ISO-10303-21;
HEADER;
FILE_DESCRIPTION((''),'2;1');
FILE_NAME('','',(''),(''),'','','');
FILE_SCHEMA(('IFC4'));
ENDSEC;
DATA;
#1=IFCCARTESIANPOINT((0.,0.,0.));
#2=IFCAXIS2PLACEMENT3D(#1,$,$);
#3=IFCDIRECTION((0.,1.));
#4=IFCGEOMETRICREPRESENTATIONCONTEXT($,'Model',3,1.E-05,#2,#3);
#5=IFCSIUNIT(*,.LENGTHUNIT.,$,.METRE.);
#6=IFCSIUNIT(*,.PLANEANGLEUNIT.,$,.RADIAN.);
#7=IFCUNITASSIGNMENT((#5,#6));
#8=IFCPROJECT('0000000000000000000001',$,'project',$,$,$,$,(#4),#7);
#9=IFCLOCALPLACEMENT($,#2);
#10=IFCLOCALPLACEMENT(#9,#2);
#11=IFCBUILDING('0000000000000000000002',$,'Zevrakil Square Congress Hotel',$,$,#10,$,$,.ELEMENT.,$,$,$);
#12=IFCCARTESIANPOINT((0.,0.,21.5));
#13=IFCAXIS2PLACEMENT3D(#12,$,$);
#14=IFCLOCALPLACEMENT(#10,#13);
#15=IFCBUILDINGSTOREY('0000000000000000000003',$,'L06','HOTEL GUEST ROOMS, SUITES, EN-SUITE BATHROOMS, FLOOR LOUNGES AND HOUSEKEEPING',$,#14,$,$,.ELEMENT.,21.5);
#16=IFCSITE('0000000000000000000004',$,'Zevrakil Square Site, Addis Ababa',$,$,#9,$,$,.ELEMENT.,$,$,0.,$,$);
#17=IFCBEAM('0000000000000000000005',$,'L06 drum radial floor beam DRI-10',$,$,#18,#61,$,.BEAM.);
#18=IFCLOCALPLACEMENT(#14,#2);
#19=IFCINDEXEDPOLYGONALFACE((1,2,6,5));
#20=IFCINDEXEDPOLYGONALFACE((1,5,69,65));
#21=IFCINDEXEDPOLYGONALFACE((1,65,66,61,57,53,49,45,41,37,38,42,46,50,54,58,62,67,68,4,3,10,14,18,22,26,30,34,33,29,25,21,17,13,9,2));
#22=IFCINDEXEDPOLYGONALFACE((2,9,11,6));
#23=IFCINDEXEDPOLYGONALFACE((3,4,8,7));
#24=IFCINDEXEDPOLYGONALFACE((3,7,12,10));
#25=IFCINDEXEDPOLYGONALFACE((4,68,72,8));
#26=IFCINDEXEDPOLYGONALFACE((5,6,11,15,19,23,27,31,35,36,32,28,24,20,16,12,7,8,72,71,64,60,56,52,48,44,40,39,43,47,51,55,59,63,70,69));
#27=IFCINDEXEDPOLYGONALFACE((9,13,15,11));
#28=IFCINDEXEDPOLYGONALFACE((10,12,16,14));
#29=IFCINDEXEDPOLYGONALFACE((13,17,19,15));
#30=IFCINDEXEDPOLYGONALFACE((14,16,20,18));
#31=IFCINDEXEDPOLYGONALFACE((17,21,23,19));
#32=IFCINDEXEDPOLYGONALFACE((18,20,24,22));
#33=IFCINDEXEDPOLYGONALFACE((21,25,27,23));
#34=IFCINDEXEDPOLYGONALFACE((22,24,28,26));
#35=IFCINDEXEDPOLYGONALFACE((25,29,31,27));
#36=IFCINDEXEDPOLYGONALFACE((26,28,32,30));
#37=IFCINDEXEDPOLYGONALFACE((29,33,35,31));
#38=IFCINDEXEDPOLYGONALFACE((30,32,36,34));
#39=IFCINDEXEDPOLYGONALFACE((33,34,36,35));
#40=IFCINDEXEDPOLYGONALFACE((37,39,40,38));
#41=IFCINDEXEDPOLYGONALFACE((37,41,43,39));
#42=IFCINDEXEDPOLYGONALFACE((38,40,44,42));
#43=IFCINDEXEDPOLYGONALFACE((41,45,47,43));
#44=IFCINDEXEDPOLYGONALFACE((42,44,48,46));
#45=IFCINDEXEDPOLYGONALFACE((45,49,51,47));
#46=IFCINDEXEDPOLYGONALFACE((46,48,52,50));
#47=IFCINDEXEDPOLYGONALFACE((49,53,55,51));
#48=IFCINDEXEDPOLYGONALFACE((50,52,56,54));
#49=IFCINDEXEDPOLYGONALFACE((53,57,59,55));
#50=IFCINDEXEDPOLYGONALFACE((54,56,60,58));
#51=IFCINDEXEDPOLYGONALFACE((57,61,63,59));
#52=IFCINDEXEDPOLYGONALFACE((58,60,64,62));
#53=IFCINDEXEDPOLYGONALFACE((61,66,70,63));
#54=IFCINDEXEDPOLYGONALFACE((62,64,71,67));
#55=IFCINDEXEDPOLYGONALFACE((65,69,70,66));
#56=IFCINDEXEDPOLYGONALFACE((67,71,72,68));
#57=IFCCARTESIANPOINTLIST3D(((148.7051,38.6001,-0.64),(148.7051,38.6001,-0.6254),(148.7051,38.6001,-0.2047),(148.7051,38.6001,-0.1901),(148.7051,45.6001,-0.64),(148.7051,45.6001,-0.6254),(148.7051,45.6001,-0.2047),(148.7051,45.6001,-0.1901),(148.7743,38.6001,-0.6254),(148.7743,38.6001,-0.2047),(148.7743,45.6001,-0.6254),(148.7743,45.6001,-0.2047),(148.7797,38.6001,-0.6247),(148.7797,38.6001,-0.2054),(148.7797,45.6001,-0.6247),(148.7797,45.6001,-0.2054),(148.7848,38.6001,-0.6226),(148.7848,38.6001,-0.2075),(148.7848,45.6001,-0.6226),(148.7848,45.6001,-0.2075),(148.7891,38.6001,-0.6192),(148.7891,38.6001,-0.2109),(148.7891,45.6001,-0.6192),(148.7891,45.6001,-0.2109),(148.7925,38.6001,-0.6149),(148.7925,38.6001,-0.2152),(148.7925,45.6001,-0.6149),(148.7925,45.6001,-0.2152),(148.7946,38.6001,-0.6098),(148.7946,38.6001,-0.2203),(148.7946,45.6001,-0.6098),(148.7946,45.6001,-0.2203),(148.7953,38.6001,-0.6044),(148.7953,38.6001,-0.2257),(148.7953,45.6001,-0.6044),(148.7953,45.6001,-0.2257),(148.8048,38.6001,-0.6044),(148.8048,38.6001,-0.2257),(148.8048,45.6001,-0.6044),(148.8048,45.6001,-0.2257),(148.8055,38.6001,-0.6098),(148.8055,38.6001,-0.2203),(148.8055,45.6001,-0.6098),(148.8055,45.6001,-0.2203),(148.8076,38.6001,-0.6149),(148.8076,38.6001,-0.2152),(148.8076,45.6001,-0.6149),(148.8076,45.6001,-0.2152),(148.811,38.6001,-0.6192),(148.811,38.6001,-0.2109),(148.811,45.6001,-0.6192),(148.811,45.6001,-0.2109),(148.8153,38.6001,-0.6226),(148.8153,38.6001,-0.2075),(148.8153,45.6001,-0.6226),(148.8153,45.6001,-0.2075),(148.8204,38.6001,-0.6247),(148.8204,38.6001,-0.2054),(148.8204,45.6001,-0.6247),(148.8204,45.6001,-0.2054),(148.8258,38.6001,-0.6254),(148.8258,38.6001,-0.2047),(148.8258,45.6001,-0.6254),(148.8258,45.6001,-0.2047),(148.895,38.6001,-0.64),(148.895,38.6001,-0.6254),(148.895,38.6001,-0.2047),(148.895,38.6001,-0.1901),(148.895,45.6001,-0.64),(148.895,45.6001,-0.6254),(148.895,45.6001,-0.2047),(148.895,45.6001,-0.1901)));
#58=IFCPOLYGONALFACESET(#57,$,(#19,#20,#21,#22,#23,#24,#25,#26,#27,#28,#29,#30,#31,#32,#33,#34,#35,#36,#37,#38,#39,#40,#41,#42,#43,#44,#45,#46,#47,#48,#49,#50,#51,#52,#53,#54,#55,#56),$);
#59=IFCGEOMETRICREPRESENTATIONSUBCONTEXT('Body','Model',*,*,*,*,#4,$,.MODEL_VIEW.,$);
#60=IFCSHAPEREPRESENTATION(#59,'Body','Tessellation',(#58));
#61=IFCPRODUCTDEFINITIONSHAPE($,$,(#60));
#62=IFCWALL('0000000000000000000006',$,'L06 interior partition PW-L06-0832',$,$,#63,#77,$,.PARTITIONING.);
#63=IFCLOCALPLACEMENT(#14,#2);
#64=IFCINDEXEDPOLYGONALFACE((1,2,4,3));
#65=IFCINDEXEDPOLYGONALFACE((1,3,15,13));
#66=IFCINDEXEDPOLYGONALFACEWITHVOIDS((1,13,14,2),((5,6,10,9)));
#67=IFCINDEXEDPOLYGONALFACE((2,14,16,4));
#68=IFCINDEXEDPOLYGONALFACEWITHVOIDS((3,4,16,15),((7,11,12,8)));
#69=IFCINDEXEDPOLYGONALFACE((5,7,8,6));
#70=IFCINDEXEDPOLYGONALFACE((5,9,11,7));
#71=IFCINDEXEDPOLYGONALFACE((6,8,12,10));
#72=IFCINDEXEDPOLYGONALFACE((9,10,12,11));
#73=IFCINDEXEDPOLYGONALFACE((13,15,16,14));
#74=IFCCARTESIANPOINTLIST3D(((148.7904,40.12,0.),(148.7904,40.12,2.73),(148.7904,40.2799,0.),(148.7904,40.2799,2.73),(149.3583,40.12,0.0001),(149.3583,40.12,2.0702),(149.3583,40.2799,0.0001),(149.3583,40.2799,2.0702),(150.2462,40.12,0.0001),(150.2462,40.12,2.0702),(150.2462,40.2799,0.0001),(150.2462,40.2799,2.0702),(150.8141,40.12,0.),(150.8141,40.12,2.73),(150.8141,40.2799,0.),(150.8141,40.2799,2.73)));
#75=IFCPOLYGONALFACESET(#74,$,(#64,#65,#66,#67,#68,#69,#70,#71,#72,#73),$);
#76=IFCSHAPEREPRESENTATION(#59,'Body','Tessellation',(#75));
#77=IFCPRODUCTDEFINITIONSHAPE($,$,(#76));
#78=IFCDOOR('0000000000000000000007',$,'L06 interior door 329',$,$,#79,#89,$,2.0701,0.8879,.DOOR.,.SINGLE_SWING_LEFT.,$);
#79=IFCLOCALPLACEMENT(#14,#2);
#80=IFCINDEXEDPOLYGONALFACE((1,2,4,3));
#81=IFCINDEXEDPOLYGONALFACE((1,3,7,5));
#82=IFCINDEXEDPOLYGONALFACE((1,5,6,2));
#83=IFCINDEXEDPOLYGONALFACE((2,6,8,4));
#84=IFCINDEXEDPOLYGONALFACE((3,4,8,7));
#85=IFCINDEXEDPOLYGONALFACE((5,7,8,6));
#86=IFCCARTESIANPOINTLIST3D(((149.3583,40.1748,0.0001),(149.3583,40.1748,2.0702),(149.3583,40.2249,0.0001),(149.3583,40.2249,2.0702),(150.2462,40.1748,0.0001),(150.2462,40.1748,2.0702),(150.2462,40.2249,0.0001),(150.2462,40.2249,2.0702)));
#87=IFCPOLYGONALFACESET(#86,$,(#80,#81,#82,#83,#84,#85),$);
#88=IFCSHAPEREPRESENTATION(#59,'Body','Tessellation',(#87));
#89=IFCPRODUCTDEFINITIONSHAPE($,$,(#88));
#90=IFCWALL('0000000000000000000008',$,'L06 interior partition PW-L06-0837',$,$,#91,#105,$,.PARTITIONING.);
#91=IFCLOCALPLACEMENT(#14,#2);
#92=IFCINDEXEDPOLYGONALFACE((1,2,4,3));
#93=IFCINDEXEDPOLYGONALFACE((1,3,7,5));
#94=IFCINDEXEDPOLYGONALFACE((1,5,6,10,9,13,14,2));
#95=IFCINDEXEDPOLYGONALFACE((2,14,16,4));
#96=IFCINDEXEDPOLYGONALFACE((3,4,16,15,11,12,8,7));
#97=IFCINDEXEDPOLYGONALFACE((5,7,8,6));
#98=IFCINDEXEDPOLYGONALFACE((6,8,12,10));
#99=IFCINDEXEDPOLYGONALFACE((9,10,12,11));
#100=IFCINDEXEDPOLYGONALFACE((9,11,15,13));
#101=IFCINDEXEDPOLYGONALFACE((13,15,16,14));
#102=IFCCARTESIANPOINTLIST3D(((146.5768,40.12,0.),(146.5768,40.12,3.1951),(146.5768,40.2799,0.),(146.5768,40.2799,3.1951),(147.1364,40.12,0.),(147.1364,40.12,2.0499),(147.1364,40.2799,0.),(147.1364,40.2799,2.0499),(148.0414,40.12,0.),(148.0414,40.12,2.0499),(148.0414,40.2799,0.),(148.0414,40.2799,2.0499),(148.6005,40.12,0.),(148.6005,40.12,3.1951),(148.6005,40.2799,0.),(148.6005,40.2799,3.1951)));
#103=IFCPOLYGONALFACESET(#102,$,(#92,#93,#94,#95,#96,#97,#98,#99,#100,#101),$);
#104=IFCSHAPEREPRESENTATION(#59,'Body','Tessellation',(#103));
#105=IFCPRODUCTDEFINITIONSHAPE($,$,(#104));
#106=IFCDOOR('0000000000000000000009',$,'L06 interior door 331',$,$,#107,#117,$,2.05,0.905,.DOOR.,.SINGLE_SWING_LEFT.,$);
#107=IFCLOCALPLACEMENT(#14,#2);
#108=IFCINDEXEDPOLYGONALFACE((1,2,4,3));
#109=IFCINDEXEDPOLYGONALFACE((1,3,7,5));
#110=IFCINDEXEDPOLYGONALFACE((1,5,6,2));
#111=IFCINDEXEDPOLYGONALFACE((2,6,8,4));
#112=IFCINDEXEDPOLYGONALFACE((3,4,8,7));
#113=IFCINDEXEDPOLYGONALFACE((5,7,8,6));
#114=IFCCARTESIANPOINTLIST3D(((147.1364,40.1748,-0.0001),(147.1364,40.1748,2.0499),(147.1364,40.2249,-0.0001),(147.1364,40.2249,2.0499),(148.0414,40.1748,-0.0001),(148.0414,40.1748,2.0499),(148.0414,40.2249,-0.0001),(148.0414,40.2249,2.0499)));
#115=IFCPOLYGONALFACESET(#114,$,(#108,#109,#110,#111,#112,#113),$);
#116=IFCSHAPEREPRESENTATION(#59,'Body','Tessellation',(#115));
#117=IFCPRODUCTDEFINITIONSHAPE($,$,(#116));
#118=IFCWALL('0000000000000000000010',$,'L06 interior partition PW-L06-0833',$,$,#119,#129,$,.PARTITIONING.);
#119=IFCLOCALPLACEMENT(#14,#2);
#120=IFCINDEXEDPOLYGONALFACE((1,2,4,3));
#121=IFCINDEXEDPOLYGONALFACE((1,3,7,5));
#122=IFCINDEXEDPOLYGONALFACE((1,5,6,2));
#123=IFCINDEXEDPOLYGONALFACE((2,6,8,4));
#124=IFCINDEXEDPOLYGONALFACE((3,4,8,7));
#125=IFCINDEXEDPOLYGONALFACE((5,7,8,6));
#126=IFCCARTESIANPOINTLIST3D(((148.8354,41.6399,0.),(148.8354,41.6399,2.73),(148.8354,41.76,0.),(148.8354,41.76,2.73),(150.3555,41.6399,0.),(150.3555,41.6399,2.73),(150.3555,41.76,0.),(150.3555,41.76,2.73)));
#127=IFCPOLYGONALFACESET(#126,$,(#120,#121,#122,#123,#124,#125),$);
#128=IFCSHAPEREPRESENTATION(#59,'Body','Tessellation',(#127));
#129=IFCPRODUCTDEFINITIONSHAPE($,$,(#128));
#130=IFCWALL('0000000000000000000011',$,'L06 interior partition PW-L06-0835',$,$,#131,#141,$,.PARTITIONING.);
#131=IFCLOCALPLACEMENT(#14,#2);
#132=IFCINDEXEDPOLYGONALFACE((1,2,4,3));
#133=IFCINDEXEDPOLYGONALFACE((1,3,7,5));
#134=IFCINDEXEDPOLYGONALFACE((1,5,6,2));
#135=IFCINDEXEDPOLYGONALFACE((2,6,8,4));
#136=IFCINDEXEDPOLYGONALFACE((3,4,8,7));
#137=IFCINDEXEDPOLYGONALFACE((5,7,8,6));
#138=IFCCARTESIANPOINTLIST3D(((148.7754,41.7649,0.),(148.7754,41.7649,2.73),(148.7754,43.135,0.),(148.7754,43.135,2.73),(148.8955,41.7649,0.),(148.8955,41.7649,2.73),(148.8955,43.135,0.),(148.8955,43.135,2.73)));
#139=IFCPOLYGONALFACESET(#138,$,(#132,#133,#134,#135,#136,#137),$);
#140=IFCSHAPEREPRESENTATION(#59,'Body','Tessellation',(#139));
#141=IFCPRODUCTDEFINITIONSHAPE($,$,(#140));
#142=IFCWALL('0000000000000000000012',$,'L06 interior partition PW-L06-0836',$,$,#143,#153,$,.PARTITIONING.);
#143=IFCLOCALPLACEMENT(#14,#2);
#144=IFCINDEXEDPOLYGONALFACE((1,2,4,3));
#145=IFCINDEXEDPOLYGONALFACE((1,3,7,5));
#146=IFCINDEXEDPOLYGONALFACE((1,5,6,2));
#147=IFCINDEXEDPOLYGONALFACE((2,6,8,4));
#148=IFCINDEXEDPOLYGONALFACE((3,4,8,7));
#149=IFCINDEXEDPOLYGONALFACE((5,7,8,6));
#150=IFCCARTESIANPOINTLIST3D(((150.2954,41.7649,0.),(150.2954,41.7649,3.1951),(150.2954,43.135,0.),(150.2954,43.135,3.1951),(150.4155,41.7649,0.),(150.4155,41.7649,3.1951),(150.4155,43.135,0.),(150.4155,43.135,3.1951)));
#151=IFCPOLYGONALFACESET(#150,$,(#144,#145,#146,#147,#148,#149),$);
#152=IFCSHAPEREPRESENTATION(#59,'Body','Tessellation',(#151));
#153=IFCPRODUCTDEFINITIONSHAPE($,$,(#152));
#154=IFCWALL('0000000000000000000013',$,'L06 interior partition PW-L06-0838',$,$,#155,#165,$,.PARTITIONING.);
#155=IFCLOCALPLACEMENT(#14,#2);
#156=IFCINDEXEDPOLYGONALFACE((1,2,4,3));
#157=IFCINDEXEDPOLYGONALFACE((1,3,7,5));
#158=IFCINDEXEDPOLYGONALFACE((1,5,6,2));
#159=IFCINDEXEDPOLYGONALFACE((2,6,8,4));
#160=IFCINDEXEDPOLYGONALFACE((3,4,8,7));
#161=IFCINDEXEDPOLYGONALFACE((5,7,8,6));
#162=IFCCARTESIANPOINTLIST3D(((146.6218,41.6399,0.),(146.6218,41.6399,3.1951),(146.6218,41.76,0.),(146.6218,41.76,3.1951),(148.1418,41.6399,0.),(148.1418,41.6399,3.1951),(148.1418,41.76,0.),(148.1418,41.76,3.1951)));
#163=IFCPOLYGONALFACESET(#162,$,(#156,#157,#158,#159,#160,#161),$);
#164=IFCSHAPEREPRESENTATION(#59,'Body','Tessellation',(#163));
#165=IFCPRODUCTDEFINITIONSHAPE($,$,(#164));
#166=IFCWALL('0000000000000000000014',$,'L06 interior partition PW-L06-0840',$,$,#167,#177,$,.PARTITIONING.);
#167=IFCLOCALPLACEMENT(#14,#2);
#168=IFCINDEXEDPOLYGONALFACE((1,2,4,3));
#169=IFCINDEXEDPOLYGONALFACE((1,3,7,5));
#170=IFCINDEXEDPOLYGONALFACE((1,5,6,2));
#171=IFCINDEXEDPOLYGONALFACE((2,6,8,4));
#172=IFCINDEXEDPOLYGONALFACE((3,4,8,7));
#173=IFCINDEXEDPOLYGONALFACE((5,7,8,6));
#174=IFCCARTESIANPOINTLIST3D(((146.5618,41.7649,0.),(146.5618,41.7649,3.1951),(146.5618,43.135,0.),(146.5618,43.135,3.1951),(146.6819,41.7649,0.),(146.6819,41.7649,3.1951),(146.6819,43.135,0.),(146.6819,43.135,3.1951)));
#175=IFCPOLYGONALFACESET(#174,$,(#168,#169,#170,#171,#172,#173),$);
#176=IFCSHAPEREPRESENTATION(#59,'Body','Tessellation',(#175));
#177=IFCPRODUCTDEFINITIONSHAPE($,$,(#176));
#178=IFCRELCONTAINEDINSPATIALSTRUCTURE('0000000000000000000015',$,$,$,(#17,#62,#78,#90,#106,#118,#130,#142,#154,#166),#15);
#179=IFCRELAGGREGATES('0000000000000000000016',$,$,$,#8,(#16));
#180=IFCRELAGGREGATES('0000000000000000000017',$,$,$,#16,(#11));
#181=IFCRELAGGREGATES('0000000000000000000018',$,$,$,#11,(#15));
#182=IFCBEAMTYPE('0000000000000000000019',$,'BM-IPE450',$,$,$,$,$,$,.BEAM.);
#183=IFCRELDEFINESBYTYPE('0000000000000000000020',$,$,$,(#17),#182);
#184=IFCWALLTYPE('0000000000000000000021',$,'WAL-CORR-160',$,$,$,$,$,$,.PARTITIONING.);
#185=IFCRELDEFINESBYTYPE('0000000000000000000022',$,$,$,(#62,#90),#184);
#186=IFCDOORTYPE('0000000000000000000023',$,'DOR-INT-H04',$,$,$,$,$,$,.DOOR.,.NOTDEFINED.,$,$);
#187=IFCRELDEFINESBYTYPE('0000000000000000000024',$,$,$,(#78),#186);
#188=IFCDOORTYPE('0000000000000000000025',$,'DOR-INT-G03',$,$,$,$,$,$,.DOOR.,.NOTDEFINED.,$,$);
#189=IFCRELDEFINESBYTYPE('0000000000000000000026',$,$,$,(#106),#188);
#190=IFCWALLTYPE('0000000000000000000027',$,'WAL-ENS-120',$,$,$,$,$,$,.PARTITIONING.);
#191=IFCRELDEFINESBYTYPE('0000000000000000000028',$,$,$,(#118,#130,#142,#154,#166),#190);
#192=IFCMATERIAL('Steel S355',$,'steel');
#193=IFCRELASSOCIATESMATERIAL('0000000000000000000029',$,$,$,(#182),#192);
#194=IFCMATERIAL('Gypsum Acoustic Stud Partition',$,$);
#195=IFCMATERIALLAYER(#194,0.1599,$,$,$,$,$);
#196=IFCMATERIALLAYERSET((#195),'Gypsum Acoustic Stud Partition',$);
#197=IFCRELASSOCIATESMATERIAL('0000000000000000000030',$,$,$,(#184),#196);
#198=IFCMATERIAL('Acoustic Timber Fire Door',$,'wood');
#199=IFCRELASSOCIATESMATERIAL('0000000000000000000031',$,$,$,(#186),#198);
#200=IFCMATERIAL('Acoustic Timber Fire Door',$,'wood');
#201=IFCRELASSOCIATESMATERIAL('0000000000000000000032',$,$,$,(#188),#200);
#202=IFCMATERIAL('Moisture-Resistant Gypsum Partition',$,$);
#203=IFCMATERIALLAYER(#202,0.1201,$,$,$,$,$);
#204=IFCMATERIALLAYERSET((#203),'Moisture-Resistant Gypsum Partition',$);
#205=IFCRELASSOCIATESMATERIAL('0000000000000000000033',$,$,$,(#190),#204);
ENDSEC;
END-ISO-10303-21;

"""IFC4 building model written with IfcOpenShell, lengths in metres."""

from ifc_helpers import new_model, si_unit, direction, frame, frame_2d, origin, origin_2d, place, context, subcontext, project, spatial, rectangle, i_section, extrude, material, layer, layer_set, material_profile, profile_set, type_object, element, fill, save


model = new_model("IFC4")

# Units and contexts
model_context = context("Model", 3, precision=1e-05, world=origin(), true_north=direction((0.0, 1.0)))
body_context = subcontext(model_context, "Body", "Model", "MODEL_VIEW")
ifc_project = project(units=[si_unit("LENGTHUNIT", "METRE"), si_unit("PLANEANGLEUNIT", "RADIAN")], contexts=[model_context])

# Site, building, storey
site_placement = place(None, origin())
site = spatial("IfcSite", under=ifc_project, at=site_placement, Name="Zevrakil Square Site, Addis Ababa", CompositionType="ELEMENT", RefElevation=0.0)
building_placement = place(site_placement, origin())
building = spatial("IfcBuilding", under=site, at=building_placement, Name="Zevrakil Square Congress Hotel", CompositionType="ELEMENT")
storey_placement = place(building_placement, frame((0.0, 0.0, 21.5)))
storey = spatial("IfcBuildingStorey", under=building, at=storey_placement, Name="L06", Description="HOTEL GUEST ROOMS, SUITES, EN-SUITE BATHROOMS, FLOOR LOUNGES AND HOUSEKEEPING", CompositionType="ELEMENT", Elevation=21.5)

# Beam
ifc_material_1 = material(Name="Steel S355", Category="steel")
ifc_material_profile = material_profile(ifc_material_1, i_section(OverallWidth=0.1899, OverallDepth=0.45, WebThickness=0.0095, FlangeThickness=0.0146, FilletRadius=0.021, at=origin_2d()), Name="IPE 450")
ifc_profile_set = profile_set([ifc_material_profile], Name="Steel S355")
beam_type = type_object("IfcBeamType", Name="BM-IPE450", PredefinedType="BEAM", material=ifc_profile_set)
beam_placement = place(storey_placement, frame((148.8, 38.6001, -0.415), z_axis=(0.0, 1.0, 0.0), x_axis=(-1.0, 0.0, 0.0)))
element("IfcBeam", 1, at=beam_placement, inside=storey, type_object=beam_type, Name="L06 drum radial floor beam DRI-10", PredefinedType="BEAM", context=body_context, shape_type="SweptSolid", body=[
    extrude(i_section(OverallWidth=0.1899, OverallDepth=0.45, WebThickness=0.0095, FlangeThickness=0.0146, FilletRadius=0.021, at=origin_2d()), origin(), (0.0, 0.0, 1.0), 7.0),
])

# Walls, openings, doors
ifc_material_2 = material(Name="Gypsum Acoustic Stud Partition")
ifc_layer_1 = layer(ifc_material_2, 0.1599)
ifc_layer_set_1 = layer_set([ifc_layer_1], Name="Gypsum Acoustic Stud Partition")
wall_type_1 = type_object("IfcWallType", Name="WAL-CORR-160", PredefinedType="PARTITIONING", material=ifc_layer_set_1)
wall_1_placement = place(storey_placement, frame((148.7905, 40.2, 0.0), z_axis=(0.0, 0.0, 1.0), x_axis=(1.0, 0.0, 0.0)))
wall_1 = element("IfcWall", 2, at=wall_1_placement, inside=storey, type_object=wall_type_1, Name="L06 interior partition PW-L06-0832", PredefinedType="PARTITIONING", context=body_context, shape_type="SweptSolid", body=[
    extrude(rectangle(XDim=2.0237, YDim=0.1599, at=frame_2d((1.0117, 0.0))), origin(), (0.0, 0.0, 1.0), 2.73),
])
opening_1_placement = place(wall_1_placement, frame((0.5679, 0.0, 0.0)))
opening_1 = element("IfcOpeningElement", 3, at=opening_1_placement, cuts=wall_1, PredefinedType="OPENING", context=body_context, shape_type="SweptSolid", body=[
    extrude(rectangle(XDim=0.8879, YDim=2.0701, at=frame_2d((0.4438, 1.0352))), frame((0.0, 0.0898, 0.0), z_axis=(0.0, -1.0, 0.0), x_axis=(1.0, 0.0, 0.0)), (0.0, 0.0, 1.0), 0.1799),
])
ifc_material_3 = material(Name="Acoustic Timber Fire Door", Category="wood")
door_type_1 = type_object("IfcDoorType", Name="DOR-INT-H04", OperationType="NOTDEFINED", PredefinedType="DOOR", material=ifc_material_3)
door_1_placement = place(opening_1_placement, origin())
door_1 = element("IfcDoor", 4, at=door_1_placement, inside=storey, type_object=door_type_1, Name="L06 interior door 329", OperationType="SINGLE_SWING_LEFT", OverallHeight=2.0701, OverallWidth=0.8879, PredefinedType="DOOR", context=body_context, shape_type="SweptSolid", body=[
    extrude(rectangle(XDim=0.8879, YDim=2.0701, at=frame_2d((0.4438, 1.0352))), frame((0.0, 0.0249, 0.0), z_axis=(0.0, -1.0, 0.0), x_axis=(1.0, 0.0, 0.0)), (0.0, 0.0, 1.0), 0.05),
])
fill(opening_1, door_1)
wall_2_placement = place(storey_placement, frame((146.5769, 40.2, 0.0), z_axis=(0.0, 0.0, 1.0), x_axis=(1.0, 0.0, 0.0)))
wall_2 = element("IfcWall", 5, at=wall_2_placement, inside=storey, type_object=wall_type_1, Name="L06 interior partition PW-L06-0837", PredefinedType="PARTITIONING", context=body_context, shape_type="SweptSolid", body=[
    extrude(rectangle(XDim=2.0237, YDim=0.1599, at=frame_2d((1.0117, 0.0))), origin(), (0.0, 0.0, 1.0), 3.1951),
])
opening_2_placement = place(wall_2_placement, frame((0.5593, 0.0, 0.0)))
opening_2 = element("IfcOpeningElement", 6, at=opening_2_placement, cuts=wall_2, PredefinedType="OPENING", context=body_context, shape_type="SweptSolid", body=[
    extrude(rectangle(XDim=0.905, YDim=2.05, at=frame_2d((0.4526, 1.0249))), frame((0.0, 0.0898, 0.0), z_axis=(0.0, -1.0, 0.0), x_axis=(1.0, 0.0, 0.0)), (0.0, 0.0, 1.0), 0.1799),
])
ifc_material_4 = material(Name="Acoustic Timber Fire Door", Category="wood")
door_type_2 = type_object("IfcDoorType", Name="DOR-INT-G03", OperationType="NOTDEFINED", PredefinedType="DOOR", material=ifc_material_4)
door_2_placement = place(opening_2_placement, origin())
door_2 = element("IfcDoor", 7, at=door_2_placement, inside=storey, type_object=door_type_2, Name="L06 interior door 331", OperationType="SINGLE_SWING_LEFT", OverallHeight=2.05, OverallWidth=0.905, PredefinedType="DOOR", context=body_context, shape_type="SweptSolid", body=[
    extrude(rectangle(XDim=0.905, YDim=2.05, at=frame_2d((0.4526, 1.0249))), frame((0.0, 0.0249, 0.0), z_axis=(0.0, -1.0, 0.0), x_axis=(1.0, 0.0, 0.0)), (0.0, 0.0, 1.0), 0.05),
])
fill(opening_2, door_2)

# Walls
ifc_material_5 = material(Name="Moisture-Resistant Gypsum Partition")
ifc_layer_2 = layer(ifc_material_5, 0.1201)
ifc_layer_set_2 = layer_set([ifc_layer_2], Name="Moisture-Resistant Gypsum Partition")
wall_type_2 = type_object("IfcWallType", Name="WAL-ENS-120", PredefinedType="PARTITIONING", material=ifc_layer_set_2)
wall_3_placement = place(storey_placement, frame((148.8354, 41.7, 0.0), z_axis=(0.0, 0.0, 1.0), x_axis=(1.0, 0.0, 0.0)))
element("IfcWall", 8, at=wall_3_placement, inside=storey, type_object=wall_type_2, Name="L06 interior partition PW-L06-0833", PredefinedType="PARTITIONING", context=body_context, shape_type="SweptSolid", body=[
    extrude(rectangle(XDim=1.52, YDim=0.1201, at=frame_2d((0.76, 0.0))), origin(), (0.0, 0.0, 1.0), 2.73),
])
wall_4_placement = place(storey_placement, frame((148.8354, 41.7649, 0.0), z_axis=(0.0, 0.0, 1.0), x_axis=(0.0, 1.0, 0.0)))
element("IfcWall", 9, at=wall_4_placement, inside=storey, type_object=wall_type_2, Name="L06 interior partition PW-L06-0835", PredefinedType="PARTITIONING", context=body_context, shape_type="SweptSolid", body=[
    extrude(rectangle(XDim=1.3701, YDim=0.1201, at=frame_2d((0.6851, 0.0))), origin(), (0.0, 0.0, 1.0), 2.73),
])
wall_5_placement = place(storey_placement, frame((150.3555, 41.7649, 0.0), z_axis=(0.0, 0.0, 1.0), x_axis=(0.0, 1.0, 0.0)))
element("IfcWall", 10, at=wall_5_placement, inside=storey, type_object=wall_type_2, Name="L06 interior partition PW-L06-0836", PredefinedType="PARTITIONING", context=body_context, shape_type="SweptSolid", body=[
    extrude(rectangle(XDim=1.3701, YDim=0.1201, at=frame_2d((0.6851, 0.0))), origin(), (0.0, 0.0, 1.0), 3.1951),
])
wall_6_placement = place(storey_placement, frame((146.6218, 41.7, 0.0), z_axis=(0.0, 0.0, 1.0), x_axis=(1.0, 0.0, 0.0)))
element("IfcWall", 11, at=wall_6_placement, inside=storey, type_object=wall_type_2, Name="L06 interior partition PW-L06-0838", PredefinedType="PARTITIONING", context=body_context, shape_type="SweptSolid", body=[
    extrude(rectangle(XDim=1.52, YDim=0.1201, at=frame_2d((0.76, 0.0))), origin(), (0.0, 0.0, 1.0), 3.1951),
])
for number, where, z_axis, x_axis, name in (
    (12, (146.6218, 41.7649, 0.0), (0.0, 0.0, 1.0), (0.0, 1.0, 0.0), "L06 interior partition PW-L06-0840"),
):
    element("IfcWall", number, at=place(storey_placement, frame(where, z_axis=z_axis, x_axis=x_axis)), inside=storey, type_object=wall_type_2, Name=name, PredefinedType="PARTITIONING", context=body_context, shape_type="SweptSolid", body=[
        extrude(rectangle(XDim=1.3701, YDim=0.1201, at=frame_2d((0.6851, 0.0))), origin(), (0.0, 0.0, 1.0), 3.1951),
    ])

save(model, "model.ifc")
